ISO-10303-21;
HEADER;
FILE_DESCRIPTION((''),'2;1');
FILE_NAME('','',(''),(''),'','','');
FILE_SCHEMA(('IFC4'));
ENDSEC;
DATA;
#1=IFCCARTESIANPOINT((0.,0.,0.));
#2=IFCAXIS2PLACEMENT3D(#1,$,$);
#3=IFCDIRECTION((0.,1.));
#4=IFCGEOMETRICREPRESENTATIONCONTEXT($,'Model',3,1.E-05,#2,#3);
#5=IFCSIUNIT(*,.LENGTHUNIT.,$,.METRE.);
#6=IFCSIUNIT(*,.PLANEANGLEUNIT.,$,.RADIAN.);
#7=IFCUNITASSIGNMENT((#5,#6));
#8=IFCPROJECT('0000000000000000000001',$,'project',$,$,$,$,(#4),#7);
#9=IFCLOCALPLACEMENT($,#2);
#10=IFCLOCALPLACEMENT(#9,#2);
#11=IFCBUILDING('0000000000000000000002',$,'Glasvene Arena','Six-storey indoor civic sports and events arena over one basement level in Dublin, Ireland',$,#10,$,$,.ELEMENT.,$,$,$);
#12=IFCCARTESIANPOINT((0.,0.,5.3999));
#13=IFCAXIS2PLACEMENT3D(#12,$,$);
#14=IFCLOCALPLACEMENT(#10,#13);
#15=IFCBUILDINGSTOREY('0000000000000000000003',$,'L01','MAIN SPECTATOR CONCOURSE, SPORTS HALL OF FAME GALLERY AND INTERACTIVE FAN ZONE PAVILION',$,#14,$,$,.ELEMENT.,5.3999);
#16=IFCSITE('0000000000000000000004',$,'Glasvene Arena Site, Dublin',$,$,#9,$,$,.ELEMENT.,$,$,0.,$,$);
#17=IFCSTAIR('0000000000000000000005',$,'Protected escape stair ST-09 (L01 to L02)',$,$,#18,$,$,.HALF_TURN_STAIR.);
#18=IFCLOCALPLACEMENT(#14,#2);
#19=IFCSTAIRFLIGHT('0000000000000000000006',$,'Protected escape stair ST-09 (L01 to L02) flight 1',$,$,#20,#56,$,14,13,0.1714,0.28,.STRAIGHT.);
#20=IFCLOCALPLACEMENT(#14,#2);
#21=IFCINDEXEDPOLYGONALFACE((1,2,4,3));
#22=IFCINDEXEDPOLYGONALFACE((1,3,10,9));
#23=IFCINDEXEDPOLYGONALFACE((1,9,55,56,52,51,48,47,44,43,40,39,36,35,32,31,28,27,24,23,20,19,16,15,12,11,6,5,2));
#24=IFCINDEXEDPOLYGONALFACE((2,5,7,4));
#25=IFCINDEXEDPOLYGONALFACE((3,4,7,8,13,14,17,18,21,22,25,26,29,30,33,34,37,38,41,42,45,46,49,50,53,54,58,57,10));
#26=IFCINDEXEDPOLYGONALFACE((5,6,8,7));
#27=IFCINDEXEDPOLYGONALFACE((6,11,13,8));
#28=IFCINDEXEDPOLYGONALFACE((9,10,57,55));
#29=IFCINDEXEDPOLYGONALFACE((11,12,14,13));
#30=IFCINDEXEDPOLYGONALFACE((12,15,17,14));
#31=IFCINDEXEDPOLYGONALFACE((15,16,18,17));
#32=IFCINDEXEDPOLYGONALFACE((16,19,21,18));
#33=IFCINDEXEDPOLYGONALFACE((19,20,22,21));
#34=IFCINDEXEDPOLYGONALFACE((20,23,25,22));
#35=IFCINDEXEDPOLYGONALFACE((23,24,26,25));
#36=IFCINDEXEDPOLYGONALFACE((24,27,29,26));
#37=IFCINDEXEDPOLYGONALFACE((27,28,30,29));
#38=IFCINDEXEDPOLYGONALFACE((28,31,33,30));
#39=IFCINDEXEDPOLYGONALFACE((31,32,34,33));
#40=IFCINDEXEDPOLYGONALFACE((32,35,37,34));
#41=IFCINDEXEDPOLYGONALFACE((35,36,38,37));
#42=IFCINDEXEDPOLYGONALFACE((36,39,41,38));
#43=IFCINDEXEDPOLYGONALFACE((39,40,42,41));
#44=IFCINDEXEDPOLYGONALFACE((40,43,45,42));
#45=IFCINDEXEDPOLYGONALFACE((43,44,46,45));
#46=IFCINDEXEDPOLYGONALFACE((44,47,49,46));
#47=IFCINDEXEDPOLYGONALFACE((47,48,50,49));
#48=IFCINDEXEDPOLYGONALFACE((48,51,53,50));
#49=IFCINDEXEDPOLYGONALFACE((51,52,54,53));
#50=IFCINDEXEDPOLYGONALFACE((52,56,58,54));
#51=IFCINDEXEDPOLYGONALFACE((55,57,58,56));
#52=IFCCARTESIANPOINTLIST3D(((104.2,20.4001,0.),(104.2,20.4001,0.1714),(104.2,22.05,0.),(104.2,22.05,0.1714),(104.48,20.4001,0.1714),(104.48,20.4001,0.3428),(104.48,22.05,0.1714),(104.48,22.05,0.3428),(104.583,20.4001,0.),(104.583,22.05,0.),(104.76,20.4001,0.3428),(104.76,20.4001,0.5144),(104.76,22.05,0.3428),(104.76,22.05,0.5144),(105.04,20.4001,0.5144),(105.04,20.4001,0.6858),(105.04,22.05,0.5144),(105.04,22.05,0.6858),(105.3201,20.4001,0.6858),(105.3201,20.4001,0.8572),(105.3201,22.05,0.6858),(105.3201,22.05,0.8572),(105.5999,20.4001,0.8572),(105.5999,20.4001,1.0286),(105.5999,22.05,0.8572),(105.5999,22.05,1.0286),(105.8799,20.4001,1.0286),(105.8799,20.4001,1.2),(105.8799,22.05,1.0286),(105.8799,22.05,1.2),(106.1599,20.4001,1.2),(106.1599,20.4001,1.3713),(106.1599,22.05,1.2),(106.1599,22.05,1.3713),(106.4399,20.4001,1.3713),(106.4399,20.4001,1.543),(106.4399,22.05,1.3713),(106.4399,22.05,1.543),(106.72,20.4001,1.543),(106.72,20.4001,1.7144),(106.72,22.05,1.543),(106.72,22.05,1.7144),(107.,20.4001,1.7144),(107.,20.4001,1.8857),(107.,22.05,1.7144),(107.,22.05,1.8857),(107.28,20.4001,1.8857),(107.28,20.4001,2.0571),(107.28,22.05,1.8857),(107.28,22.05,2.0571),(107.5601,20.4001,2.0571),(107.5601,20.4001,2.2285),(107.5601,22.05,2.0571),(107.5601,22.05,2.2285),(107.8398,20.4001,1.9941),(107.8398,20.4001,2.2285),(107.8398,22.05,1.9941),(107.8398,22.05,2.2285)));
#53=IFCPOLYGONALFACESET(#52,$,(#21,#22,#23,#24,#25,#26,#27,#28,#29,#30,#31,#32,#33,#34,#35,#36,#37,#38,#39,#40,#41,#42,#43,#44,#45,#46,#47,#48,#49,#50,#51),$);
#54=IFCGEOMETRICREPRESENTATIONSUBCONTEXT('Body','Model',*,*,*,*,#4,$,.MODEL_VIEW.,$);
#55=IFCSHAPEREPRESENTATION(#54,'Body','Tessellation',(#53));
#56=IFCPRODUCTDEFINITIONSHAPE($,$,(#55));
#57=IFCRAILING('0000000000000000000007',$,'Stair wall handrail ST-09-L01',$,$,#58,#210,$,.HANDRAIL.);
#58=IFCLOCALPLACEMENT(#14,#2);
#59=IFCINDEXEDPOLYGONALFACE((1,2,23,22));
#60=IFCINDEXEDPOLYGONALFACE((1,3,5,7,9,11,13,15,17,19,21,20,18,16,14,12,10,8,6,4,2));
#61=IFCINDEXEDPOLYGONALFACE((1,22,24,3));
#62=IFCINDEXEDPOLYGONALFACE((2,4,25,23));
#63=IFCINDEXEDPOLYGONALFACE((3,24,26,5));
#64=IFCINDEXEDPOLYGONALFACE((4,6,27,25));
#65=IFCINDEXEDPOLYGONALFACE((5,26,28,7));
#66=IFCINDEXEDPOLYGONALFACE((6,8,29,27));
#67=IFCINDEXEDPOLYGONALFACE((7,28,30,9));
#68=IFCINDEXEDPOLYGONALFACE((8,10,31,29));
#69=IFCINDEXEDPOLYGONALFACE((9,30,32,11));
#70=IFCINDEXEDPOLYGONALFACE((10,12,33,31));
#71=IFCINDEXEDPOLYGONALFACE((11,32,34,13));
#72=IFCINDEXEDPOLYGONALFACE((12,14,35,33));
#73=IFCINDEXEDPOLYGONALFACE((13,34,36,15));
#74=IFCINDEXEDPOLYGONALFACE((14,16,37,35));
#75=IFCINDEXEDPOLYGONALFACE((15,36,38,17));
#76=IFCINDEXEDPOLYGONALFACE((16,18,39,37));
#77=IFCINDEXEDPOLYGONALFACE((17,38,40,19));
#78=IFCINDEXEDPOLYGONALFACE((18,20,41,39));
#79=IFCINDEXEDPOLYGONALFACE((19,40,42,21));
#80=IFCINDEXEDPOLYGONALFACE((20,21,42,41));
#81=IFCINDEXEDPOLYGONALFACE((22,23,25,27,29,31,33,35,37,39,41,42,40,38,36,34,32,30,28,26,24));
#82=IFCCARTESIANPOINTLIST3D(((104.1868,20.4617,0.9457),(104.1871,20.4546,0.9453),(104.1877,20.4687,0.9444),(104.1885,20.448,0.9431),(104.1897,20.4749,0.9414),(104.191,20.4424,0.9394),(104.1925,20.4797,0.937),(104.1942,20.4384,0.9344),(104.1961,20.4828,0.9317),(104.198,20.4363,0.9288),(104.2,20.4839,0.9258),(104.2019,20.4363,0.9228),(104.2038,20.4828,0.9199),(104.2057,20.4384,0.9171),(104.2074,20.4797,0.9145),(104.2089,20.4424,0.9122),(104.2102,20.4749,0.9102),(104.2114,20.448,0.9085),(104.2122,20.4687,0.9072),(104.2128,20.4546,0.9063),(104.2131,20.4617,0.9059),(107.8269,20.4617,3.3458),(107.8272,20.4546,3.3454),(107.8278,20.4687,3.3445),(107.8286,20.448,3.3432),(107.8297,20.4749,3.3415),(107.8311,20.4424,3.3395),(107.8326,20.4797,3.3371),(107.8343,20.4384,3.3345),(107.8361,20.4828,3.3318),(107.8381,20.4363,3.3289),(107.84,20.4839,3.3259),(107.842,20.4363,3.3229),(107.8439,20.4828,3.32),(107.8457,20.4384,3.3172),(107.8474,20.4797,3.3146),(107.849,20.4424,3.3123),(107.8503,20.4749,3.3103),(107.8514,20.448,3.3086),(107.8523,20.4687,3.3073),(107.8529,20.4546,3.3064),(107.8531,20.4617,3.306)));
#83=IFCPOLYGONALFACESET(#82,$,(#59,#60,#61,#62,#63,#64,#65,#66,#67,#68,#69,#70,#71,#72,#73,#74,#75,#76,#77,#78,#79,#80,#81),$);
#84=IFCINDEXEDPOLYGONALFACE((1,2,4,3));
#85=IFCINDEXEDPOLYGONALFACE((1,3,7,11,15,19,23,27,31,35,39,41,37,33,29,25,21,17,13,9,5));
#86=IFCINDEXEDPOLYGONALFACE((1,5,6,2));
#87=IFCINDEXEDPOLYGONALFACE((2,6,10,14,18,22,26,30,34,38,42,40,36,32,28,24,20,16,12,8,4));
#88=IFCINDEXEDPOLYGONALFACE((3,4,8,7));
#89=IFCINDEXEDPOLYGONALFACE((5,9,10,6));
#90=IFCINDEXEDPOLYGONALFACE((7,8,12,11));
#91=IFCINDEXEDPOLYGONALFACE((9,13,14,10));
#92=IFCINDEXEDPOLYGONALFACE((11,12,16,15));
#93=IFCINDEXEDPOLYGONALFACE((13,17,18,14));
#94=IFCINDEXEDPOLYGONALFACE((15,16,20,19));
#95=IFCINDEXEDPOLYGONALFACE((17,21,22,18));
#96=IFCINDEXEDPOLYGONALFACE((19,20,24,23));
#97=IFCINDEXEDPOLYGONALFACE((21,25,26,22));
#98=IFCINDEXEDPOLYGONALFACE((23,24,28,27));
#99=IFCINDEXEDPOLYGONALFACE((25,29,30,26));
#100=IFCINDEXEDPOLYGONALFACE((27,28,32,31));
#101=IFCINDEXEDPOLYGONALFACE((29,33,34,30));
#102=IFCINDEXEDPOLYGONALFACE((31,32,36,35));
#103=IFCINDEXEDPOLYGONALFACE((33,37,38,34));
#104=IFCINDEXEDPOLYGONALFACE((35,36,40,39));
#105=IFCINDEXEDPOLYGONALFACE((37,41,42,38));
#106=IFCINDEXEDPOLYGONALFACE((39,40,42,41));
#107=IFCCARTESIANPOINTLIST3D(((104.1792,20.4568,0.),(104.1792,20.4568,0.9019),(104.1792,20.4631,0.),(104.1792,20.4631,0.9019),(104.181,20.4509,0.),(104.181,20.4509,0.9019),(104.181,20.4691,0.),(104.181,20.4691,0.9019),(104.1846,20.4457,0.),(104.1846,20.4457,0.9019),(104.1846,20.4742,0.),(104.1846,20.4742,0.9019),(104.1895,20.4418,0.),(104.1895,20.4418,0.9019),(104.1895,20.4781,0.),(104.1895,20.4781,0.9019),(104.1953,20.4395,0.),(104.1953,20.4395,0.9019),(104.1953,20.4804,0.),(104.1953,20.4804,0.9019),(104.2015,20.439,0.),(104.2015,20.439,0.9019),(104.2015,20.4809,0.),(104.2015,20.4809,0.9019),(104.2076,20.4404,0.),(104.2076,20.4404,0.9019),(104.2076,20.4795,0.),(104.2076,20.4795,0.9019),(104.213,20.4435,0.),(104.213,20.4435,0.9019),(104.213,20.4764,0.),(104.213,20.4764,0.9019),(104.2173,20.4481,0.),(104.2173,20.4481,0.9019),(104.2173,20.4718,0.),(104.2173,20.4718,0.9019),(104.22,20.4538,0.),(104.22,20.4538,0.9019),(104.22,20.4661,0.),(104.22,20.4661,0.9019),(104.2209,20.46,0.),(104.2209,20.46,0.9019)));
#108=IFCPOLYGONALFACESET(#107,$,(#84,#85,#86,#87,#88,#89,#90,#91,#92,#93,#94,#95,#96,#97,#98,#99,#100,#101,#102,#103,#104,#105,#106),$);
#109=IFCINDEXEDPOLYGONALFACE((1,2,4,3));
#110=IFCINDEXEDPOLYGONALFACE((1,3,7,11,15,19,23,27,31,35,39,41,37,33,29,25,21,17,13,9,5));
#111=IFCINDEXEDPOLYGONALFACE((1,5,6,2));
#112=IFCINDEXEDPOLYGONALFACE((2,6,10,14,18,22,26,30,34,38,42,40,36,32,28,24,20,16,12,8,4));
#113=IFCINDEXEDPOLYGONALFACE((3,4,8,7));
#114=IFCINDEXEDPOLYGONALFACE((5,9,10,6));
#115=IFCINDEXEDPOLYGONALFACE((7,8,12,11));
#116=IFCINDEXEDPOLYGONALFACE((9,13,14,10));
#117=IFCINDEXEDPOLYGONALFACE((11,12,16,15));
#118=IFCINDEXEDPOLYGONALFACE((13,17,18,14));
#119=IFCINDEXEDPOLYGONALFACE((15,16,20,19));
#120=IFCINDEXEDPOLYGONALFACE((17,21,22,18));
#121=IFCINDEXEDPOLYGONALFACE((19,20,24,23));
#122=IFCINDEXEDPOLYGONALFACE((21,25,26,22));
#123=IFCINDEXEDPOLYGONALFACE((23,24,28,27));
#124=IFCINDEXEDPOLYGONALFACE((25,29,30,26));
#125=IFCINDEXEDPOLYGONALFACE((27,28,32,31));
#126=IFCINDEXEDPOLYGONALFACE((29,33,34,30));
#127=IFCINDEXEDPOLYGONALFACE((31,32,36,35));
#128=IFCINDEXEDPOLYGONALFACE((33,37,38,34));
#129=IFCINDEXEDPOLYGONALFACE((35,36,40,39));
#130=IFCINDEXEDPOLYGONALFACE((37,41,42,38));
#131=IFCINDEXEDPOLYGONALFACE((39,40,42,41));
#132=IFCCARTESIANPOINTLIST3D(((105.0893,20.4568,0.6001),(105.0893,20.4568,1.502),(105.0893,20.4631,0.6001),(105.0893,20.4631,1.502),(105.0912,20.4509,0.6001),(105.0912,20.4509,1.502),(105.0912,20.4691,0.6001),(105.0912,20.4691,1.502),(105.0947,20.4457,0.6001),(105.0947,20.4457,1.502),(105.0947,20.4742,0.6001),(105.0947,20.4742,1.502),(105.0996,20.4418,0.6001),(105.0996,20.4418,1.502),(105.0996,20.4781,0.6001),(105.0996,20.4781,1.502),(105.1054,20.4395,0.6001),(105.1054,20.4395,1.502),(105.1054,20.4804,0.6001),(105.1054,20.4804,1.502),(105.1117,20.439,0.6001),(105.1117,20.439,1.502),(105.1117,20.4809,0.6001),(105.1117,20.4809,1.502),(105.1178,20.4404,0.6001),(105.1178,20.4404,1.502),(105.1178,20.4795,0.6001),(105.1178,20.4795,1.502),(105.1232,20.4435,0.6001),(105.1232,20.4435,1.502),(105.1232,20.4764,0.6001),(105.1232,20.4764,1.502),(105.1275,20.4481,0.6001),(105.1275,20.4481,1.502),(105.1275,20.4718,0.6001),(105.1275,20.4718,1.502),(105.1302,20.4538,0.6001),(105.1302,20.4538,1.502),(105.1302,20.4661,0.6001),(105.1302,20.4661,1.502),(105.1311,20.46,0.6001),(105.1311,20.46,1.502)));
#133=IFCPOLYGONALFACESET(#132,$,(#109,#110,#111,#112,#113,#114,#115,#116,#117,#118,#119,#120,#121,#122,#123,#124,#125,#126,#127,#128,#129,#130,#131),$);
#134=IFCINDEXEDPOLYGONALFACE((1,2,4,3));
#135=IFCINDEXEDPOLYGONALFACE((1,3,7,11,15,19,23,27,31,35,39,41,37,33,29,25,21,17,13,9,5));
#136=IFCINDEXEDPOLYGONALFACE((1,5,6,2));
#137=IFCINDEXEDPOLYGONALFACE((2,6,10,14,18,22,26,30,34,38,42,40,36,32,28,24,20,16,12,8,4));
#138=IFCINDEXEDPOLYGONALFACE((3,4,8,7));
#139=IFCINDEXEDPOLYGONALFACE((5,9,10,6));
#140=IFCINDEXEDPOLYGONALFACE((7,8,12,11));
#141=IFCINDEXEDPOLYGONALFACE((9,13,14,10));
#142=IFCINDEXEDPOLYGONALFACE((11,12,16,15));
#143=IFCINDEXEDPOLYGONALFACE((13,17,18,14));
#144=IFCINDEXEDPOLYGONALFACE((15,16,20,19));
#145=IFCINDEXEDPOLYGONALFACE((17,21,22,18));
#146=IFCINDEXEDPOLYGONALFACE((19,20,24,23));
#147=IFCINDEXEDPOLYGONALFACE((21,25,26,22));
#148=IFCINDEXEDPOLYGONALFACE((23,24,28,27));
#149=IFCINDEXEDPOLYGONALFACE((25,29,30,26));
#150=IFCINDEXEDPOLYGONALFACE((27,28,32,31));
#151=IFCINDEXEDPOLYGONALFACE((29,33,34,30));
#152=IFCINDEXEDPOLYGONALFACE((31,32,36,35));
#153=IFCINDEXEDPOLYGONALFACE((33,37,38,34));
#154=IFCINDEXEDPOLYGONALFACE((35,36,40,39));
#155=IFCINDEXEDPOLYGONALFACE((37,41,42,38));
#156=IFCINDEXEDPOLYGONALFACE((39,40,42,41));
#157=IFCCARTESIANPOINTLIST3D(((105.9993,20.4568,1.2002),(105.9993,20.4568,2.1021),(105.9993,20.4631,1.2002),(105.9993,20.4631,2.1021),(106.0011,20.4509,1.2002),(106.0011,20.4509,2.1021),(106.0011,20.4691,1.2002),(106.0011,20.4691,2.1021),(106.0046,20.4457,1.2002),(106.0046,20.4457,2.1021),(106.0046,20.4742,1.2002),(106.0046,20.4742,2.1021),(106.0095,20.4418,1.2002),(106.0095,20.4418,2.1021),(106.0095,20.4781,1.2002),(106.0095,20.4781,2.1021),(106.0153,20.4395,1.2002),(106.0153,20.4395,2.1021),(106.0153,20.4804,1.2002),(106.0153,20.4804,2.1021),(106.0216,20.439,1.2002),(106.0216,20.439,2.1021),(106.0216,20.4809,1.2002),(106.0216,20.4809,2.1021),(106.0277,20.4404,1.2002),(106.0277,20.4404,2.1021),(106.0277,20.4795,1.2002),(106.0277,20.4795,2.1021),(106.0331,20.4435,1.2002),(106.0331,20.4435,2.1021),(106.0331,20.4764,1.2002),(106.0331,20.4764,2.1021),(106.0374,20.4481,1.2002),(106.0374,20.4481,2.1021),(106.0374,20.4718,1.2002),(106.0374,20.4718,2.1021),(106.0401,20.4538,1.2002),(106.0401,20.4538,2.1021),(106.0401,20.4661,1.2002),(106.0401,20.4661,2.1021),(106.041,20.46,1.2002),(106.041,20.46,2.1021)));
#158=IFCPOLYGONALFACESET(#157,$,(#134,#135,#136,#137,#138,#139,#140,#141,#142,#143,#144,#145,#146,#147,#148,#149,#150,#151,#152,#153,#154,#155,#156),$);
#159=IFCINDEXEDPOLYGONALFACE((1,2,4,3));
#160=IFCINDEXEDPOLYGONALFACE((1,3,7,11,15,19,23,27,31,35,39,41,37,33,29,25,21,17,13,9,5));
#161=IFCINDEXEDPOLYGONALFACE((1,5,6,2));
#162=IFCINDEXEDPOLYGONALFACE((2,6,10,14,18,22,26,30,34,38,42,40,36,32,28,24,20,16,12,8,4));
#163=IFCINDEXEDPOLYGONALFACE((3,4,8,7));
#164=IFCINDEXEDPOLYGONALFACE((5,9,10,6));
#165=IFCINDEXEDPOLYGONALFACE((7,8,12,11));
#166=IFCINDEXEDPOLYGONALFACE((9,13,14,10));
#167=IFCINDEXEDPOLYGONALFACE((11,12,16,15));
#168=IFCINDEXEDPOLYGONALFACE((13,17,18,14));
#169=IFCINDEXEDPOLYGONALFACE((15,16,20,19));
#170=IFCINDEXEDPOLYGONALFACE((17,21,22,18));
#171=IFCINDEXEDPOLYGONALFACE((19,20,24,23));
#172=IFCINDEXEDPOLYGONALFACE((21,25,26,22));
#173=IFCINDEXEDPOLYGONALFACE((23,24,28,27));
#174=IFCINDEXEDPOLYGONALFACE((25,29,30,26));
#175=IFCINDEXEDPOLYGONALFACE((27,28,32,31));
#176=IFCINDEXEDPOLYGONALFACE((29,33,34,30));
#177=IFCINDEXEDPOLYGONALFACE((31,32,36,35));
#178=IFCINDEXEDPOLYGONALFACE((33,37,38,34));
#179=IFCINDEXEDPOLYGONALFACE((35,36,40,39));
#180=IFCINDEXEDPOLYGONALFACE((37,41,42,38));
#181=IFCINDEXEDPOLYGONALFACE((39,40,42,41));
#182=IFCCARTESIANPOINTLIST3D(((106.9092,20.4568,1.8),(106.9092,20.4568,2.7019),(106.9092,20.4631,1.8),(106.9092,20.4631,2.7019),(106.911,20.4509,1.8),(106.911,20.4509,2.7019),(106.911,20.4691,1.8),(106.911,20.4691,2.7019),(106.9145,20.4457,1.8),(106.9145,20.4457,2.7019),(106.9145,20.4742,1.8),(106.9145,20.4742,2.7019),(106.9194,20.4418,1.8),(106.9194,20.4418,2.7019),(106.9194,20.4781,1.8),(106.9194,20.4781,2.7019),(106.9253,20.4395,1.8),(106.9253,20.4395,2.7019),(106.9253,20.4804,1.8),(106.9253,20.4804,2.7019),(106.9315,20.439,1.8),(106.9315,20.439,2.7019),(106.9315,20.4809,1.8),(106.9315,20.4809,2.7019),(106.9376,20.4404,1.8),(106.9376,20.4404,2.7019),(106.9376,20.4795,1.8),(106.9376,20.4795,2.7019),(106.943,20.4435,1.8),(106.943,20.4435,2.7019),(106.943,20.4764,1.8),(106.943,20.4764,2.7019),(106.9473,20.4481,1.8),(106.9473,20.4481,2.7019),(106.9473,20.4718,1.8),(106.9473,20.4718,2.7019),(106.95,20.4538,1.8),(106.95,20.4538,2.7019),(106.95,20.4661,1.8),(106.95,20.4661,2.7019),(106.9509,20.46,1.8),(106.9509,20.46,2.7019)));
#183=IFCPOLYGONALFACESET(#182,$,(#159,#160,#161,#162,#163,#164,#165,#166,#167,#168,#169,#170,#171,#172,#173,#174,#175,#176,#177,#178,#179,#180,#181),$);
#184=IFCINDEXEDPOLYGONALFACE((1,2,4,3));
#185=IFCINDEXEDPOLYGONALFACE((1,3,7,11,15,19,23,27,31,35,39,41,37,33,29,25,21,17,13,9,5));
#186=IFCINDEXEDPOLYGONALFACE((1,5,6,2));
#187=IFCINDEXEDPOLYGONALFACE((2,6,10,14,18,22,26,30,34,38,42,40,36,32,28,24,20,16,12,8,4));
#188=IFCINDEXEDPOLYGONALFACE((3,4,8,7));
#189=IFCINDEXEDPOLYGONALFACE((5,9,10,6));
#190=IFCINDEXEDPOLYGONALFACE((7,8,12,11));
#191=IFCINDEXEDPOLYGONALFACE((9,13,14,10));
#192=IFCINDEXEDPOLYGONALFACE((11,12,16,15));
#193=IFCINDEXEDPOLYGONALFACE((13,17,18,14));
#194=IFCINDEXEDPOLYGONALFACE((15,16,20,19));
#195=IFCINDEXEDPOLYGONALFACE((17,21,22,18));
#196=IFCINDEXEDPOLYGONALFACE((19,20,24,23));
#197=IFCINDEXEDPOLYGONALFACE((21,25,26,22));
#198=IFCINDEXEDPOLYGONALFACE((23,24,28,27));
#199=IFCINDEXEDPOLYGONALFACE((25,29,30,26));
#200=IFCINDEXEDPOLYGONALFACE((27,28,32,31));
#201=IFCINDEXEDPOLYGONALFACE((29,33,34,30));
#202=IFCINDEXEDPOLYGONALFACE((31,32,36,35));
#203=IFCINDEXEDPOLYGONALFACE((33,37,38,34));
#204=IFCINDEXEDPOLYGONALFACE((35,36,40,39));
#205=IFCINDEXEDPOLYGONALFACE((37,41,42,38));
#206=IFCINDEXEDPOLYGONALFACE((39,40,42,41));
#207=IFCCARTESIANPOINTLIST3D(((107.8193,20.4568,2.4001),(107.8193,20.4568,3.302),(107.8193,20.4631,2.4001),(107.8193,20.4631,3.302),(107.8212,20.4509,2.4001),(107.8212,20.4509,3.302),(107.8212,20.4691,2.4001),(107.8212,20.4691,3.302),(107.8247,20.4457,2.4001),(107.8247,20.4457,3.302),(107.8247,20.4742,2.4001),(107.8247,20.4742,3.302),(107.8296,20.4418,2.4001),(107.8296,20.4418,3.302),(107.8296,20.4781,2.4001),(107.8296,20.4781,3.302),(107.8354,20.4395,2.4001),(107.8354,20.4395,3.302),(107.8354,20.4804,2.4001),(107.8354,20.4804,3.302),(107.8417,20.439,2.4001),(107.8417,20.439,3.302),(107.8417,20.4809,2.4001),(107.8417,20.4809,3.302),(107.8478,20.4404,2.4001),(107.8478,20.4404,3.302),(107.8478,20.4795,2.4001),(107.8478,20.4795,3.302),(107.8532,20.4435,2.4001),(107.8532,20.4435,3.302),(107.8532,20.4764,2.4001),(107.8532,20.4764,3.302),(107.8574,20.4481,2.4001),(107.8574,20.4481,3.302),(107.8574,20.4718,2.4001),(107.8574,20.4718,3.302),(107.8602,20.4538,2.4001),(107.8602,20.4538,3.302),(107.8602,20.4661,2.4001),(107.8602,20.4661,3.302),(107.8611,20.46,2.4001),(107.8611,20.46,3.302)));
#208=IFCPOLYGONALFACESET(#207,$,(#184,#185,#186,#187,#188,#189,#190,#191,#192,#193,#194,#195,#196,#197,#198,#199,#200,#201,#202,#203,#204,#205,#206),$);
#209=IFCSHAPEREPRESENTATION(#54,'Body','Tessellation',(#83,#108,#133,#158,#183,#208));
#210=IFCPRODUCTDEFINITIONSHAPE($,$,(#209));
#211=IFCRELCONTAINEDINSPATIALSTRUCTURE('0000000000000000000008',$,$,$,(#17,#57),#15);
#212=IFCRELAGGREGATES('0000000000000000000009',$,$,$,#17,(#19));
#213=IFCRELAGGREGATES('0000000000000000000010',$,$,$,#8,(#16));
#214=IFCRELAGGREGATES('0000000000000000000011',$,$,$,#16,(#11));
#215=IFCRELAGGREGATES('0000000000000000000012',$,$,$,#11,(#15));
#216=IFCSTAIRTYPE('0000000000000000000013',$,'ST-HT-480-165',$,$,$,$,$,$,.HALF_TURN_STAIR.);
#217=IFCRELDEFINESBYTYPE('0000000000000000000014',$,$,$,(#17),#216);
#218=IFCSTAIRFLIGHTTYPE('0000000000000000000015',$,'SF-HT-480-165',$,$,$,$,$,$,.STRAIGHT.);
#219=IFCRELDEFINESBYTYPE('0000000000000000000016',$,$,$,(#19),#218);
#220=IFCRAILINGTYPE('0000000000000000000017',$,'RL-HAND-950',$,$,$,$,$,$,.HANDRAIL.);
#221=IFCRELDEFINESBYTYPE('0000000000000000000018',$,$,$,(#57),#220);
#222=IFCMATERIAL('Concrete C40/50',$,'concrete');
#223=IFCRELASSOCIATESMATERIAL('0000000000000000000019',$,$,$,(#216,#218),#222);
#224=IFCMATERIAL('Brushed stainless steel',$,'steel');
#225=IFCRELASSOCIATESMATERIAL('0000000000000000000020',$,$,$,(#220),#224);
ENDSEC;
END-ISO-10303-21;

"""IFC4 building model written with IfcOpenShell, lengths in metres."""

from ifc_helpers import new_model, si_unit, direction, frame, origin, origin_2d, place, context, subcontext, project, spatial, polyline, circle, outline, extrude, material, type_object, element, aggregate, save


model = new_model("IFC4")

# Units and contexts
model_context = context("Model", 3, precision=1e-05, world=origin(), true_north=direction((0.0, 1.0)))
body_context = subcontext(model_context, "Body", "Model", "MODEL_VIEW")
ifc_project = project(units=[si_unit("LENGTHUNIT", "METRE"), si_unit("PLANEANGLEUNIT", "RADIAN")], contexts=[model_context])

# Site, building, storey
site_placement = place(None, origin())
site = spatial("IfcSite", under=ifc_project, at=site_placement, Name="Glasvene Arena Site, Dublin", CompositionType="ELEMENT", RefElevation=0.0)
building_placement = place(site_placement, origin())
building = spatial("IfcBuilding", under=site, at=building_placement, Name="Glasvene Arena", Description="Six-storey indoor civic sports and events arena over one basement level in Dublin, Ireland", CompositionType="ELEMENT")
storey_placement = place(building_placement, frame((0.0, 0.0, 5.3999)))
storey = spatial("IfcBuildingStorey", under=building, at=storey_placement, Name="L01", Description="MAIN SPECTATOR CONCOURSE, SPORTS HALL OF FAME GALLERY AND INTERACTIVE FAN ZONE PAVILION", CompositionType="ELEMENT", Elevation=5.3999)

# Shared definitions
ifc_material_1 = material(Name="Concrete C40/50", Category="concrete")

# Stair, stair flight
stair_type = type_object("IfcStairType", Name="ST-HT-480-165", PredefinedType="HALF_TURN_STAIR", material=ifc_material_1)
stair_placement = place(storey_placement, origin())
stair = element("IfcStair", 1, at=stair_placement, inside=storey, type_object=stair_type, Name="Protected escape stair ST-09 (L01 to L02)", PredefinedType="HALF_TURN_STAIR")
stair_flight_type = type_object("IfcStairFlightType", Name="SF-HT-480-165", PredefinedType="STRAIGHT", material=ifc_material_1)
stair_flight_placement = place(storey_placement, frame((104.2, 21.2251, 0.0), z_axis=(0.0, 0.0, 1.0), x_axis=(1.0, 0.0, 0.0)))
stair_flight = element("IfcStairFlight", 2, at=stair_flight_placement, type_object=stair_flight_type, Name="Protected escape stair ST-09 (L01 to L02) flight 1", NumberOfRisers=14, NumberOfTreads=13, PredefinedType="STRAIGHT", RiserHeight=0.1714, TreadLength=0.28, context=body_context, shape_type="SweptSolid", body=[
    extrude(outline(polyline([(0.0, 0.0), (0.0, 0.1714), (0.28, 0.1714), (0.28, 0.3428), (0.5601, 0.3428), (0.5601, 0.5144), (0.8401, 0.5144), (0.8401, 0.6858), (1.1201, 0.6858), (1.1201, 0.8572), (1.3999, 0.8572), (1.3999, 1.0286), (1.6799, 1.0286), (1.6799, 1.2), (1.96, 1.2), (1.96, 1.3713), (2.24, 1.3713), (2.24, 1.543), (2.52, 1.543), (2.52, 1.7144), (2.8, 1.7144), (2.8, 1.8857), (3.0801, 1.8857), (3.0801, 2.0571), (3.3601, 2.0571), (3.3601, 2.2285), (3.6399, 2.2285), (3.6399, 2.3999), (3.6399, 1.9941), (0.3831, 0.0), (0.0, 0.0)])), frame((0.0, 0.825, 0.0), z_axis=(0.0, -1.0, 0.0), x_axis=(1.0, 0.0, 0.0)), (0.0, 0.0, 1.0), 1.6499),
])
aggregate(stair, [stair_flight])

# Railing
ifc_material_2 = material(Name="Brushed stainless steel", Category="steel")
railing_type_1 = type_object("IfcRailingType", Name="RL-HAND-950", PredefinedType="HANDRAIL", material=ifc_material_2)
railing_1_placement = place(storey_placement, frame((104.2, 20.46, 0.0)))
element("IfcRailing", 3, at=railing_1_placement, inside=storey, type_object=railing_type_1, Name="Stair wall handrail ST-09-L01", PredefinedType="HANDRAIL", context=body_context, shape_type="SweptSolid", body=[
    extrude(circle(Radius=0.0239, at=origin_2d()), frame((0.0, 0.0, 0.9258), z_axis=(0.834856, 0.0, 0.550468), x_axis=(0.0, 1.0, 0.0)), (0.0, 0.0, 1.0), 4.3601),
    extrude(circle(Radius=0.021, at=origin_2d()), origin(), (0.0, 0.0, 1.0), 0.9019),
    extrude(circle(Radius=0.021, at=origin_2d()), frame((0.9102, 0.0, 0.6001)), (0.0, 0.0, 1.0), 0.9019),
    extrude(circle(Radius=0.021, at=origin_2d()), frame((1.8201, 0.0, 1.2002)), (0.0, 0.0, 1.0), 0.9019),
    extrude(circle(Radius=0.021, at=origin_2d()), frame((2.73, 0.0, 1.8)), (0.0, 0.0, 1.0), 0.9019),
    extrude(circle(Radius=0.021, at=origin_2d()), frame((3.6401, 0.0, 2.4001)), (0.0, 0.0, 1.0), 0.9019),
])

save(model, "model.ifc")
